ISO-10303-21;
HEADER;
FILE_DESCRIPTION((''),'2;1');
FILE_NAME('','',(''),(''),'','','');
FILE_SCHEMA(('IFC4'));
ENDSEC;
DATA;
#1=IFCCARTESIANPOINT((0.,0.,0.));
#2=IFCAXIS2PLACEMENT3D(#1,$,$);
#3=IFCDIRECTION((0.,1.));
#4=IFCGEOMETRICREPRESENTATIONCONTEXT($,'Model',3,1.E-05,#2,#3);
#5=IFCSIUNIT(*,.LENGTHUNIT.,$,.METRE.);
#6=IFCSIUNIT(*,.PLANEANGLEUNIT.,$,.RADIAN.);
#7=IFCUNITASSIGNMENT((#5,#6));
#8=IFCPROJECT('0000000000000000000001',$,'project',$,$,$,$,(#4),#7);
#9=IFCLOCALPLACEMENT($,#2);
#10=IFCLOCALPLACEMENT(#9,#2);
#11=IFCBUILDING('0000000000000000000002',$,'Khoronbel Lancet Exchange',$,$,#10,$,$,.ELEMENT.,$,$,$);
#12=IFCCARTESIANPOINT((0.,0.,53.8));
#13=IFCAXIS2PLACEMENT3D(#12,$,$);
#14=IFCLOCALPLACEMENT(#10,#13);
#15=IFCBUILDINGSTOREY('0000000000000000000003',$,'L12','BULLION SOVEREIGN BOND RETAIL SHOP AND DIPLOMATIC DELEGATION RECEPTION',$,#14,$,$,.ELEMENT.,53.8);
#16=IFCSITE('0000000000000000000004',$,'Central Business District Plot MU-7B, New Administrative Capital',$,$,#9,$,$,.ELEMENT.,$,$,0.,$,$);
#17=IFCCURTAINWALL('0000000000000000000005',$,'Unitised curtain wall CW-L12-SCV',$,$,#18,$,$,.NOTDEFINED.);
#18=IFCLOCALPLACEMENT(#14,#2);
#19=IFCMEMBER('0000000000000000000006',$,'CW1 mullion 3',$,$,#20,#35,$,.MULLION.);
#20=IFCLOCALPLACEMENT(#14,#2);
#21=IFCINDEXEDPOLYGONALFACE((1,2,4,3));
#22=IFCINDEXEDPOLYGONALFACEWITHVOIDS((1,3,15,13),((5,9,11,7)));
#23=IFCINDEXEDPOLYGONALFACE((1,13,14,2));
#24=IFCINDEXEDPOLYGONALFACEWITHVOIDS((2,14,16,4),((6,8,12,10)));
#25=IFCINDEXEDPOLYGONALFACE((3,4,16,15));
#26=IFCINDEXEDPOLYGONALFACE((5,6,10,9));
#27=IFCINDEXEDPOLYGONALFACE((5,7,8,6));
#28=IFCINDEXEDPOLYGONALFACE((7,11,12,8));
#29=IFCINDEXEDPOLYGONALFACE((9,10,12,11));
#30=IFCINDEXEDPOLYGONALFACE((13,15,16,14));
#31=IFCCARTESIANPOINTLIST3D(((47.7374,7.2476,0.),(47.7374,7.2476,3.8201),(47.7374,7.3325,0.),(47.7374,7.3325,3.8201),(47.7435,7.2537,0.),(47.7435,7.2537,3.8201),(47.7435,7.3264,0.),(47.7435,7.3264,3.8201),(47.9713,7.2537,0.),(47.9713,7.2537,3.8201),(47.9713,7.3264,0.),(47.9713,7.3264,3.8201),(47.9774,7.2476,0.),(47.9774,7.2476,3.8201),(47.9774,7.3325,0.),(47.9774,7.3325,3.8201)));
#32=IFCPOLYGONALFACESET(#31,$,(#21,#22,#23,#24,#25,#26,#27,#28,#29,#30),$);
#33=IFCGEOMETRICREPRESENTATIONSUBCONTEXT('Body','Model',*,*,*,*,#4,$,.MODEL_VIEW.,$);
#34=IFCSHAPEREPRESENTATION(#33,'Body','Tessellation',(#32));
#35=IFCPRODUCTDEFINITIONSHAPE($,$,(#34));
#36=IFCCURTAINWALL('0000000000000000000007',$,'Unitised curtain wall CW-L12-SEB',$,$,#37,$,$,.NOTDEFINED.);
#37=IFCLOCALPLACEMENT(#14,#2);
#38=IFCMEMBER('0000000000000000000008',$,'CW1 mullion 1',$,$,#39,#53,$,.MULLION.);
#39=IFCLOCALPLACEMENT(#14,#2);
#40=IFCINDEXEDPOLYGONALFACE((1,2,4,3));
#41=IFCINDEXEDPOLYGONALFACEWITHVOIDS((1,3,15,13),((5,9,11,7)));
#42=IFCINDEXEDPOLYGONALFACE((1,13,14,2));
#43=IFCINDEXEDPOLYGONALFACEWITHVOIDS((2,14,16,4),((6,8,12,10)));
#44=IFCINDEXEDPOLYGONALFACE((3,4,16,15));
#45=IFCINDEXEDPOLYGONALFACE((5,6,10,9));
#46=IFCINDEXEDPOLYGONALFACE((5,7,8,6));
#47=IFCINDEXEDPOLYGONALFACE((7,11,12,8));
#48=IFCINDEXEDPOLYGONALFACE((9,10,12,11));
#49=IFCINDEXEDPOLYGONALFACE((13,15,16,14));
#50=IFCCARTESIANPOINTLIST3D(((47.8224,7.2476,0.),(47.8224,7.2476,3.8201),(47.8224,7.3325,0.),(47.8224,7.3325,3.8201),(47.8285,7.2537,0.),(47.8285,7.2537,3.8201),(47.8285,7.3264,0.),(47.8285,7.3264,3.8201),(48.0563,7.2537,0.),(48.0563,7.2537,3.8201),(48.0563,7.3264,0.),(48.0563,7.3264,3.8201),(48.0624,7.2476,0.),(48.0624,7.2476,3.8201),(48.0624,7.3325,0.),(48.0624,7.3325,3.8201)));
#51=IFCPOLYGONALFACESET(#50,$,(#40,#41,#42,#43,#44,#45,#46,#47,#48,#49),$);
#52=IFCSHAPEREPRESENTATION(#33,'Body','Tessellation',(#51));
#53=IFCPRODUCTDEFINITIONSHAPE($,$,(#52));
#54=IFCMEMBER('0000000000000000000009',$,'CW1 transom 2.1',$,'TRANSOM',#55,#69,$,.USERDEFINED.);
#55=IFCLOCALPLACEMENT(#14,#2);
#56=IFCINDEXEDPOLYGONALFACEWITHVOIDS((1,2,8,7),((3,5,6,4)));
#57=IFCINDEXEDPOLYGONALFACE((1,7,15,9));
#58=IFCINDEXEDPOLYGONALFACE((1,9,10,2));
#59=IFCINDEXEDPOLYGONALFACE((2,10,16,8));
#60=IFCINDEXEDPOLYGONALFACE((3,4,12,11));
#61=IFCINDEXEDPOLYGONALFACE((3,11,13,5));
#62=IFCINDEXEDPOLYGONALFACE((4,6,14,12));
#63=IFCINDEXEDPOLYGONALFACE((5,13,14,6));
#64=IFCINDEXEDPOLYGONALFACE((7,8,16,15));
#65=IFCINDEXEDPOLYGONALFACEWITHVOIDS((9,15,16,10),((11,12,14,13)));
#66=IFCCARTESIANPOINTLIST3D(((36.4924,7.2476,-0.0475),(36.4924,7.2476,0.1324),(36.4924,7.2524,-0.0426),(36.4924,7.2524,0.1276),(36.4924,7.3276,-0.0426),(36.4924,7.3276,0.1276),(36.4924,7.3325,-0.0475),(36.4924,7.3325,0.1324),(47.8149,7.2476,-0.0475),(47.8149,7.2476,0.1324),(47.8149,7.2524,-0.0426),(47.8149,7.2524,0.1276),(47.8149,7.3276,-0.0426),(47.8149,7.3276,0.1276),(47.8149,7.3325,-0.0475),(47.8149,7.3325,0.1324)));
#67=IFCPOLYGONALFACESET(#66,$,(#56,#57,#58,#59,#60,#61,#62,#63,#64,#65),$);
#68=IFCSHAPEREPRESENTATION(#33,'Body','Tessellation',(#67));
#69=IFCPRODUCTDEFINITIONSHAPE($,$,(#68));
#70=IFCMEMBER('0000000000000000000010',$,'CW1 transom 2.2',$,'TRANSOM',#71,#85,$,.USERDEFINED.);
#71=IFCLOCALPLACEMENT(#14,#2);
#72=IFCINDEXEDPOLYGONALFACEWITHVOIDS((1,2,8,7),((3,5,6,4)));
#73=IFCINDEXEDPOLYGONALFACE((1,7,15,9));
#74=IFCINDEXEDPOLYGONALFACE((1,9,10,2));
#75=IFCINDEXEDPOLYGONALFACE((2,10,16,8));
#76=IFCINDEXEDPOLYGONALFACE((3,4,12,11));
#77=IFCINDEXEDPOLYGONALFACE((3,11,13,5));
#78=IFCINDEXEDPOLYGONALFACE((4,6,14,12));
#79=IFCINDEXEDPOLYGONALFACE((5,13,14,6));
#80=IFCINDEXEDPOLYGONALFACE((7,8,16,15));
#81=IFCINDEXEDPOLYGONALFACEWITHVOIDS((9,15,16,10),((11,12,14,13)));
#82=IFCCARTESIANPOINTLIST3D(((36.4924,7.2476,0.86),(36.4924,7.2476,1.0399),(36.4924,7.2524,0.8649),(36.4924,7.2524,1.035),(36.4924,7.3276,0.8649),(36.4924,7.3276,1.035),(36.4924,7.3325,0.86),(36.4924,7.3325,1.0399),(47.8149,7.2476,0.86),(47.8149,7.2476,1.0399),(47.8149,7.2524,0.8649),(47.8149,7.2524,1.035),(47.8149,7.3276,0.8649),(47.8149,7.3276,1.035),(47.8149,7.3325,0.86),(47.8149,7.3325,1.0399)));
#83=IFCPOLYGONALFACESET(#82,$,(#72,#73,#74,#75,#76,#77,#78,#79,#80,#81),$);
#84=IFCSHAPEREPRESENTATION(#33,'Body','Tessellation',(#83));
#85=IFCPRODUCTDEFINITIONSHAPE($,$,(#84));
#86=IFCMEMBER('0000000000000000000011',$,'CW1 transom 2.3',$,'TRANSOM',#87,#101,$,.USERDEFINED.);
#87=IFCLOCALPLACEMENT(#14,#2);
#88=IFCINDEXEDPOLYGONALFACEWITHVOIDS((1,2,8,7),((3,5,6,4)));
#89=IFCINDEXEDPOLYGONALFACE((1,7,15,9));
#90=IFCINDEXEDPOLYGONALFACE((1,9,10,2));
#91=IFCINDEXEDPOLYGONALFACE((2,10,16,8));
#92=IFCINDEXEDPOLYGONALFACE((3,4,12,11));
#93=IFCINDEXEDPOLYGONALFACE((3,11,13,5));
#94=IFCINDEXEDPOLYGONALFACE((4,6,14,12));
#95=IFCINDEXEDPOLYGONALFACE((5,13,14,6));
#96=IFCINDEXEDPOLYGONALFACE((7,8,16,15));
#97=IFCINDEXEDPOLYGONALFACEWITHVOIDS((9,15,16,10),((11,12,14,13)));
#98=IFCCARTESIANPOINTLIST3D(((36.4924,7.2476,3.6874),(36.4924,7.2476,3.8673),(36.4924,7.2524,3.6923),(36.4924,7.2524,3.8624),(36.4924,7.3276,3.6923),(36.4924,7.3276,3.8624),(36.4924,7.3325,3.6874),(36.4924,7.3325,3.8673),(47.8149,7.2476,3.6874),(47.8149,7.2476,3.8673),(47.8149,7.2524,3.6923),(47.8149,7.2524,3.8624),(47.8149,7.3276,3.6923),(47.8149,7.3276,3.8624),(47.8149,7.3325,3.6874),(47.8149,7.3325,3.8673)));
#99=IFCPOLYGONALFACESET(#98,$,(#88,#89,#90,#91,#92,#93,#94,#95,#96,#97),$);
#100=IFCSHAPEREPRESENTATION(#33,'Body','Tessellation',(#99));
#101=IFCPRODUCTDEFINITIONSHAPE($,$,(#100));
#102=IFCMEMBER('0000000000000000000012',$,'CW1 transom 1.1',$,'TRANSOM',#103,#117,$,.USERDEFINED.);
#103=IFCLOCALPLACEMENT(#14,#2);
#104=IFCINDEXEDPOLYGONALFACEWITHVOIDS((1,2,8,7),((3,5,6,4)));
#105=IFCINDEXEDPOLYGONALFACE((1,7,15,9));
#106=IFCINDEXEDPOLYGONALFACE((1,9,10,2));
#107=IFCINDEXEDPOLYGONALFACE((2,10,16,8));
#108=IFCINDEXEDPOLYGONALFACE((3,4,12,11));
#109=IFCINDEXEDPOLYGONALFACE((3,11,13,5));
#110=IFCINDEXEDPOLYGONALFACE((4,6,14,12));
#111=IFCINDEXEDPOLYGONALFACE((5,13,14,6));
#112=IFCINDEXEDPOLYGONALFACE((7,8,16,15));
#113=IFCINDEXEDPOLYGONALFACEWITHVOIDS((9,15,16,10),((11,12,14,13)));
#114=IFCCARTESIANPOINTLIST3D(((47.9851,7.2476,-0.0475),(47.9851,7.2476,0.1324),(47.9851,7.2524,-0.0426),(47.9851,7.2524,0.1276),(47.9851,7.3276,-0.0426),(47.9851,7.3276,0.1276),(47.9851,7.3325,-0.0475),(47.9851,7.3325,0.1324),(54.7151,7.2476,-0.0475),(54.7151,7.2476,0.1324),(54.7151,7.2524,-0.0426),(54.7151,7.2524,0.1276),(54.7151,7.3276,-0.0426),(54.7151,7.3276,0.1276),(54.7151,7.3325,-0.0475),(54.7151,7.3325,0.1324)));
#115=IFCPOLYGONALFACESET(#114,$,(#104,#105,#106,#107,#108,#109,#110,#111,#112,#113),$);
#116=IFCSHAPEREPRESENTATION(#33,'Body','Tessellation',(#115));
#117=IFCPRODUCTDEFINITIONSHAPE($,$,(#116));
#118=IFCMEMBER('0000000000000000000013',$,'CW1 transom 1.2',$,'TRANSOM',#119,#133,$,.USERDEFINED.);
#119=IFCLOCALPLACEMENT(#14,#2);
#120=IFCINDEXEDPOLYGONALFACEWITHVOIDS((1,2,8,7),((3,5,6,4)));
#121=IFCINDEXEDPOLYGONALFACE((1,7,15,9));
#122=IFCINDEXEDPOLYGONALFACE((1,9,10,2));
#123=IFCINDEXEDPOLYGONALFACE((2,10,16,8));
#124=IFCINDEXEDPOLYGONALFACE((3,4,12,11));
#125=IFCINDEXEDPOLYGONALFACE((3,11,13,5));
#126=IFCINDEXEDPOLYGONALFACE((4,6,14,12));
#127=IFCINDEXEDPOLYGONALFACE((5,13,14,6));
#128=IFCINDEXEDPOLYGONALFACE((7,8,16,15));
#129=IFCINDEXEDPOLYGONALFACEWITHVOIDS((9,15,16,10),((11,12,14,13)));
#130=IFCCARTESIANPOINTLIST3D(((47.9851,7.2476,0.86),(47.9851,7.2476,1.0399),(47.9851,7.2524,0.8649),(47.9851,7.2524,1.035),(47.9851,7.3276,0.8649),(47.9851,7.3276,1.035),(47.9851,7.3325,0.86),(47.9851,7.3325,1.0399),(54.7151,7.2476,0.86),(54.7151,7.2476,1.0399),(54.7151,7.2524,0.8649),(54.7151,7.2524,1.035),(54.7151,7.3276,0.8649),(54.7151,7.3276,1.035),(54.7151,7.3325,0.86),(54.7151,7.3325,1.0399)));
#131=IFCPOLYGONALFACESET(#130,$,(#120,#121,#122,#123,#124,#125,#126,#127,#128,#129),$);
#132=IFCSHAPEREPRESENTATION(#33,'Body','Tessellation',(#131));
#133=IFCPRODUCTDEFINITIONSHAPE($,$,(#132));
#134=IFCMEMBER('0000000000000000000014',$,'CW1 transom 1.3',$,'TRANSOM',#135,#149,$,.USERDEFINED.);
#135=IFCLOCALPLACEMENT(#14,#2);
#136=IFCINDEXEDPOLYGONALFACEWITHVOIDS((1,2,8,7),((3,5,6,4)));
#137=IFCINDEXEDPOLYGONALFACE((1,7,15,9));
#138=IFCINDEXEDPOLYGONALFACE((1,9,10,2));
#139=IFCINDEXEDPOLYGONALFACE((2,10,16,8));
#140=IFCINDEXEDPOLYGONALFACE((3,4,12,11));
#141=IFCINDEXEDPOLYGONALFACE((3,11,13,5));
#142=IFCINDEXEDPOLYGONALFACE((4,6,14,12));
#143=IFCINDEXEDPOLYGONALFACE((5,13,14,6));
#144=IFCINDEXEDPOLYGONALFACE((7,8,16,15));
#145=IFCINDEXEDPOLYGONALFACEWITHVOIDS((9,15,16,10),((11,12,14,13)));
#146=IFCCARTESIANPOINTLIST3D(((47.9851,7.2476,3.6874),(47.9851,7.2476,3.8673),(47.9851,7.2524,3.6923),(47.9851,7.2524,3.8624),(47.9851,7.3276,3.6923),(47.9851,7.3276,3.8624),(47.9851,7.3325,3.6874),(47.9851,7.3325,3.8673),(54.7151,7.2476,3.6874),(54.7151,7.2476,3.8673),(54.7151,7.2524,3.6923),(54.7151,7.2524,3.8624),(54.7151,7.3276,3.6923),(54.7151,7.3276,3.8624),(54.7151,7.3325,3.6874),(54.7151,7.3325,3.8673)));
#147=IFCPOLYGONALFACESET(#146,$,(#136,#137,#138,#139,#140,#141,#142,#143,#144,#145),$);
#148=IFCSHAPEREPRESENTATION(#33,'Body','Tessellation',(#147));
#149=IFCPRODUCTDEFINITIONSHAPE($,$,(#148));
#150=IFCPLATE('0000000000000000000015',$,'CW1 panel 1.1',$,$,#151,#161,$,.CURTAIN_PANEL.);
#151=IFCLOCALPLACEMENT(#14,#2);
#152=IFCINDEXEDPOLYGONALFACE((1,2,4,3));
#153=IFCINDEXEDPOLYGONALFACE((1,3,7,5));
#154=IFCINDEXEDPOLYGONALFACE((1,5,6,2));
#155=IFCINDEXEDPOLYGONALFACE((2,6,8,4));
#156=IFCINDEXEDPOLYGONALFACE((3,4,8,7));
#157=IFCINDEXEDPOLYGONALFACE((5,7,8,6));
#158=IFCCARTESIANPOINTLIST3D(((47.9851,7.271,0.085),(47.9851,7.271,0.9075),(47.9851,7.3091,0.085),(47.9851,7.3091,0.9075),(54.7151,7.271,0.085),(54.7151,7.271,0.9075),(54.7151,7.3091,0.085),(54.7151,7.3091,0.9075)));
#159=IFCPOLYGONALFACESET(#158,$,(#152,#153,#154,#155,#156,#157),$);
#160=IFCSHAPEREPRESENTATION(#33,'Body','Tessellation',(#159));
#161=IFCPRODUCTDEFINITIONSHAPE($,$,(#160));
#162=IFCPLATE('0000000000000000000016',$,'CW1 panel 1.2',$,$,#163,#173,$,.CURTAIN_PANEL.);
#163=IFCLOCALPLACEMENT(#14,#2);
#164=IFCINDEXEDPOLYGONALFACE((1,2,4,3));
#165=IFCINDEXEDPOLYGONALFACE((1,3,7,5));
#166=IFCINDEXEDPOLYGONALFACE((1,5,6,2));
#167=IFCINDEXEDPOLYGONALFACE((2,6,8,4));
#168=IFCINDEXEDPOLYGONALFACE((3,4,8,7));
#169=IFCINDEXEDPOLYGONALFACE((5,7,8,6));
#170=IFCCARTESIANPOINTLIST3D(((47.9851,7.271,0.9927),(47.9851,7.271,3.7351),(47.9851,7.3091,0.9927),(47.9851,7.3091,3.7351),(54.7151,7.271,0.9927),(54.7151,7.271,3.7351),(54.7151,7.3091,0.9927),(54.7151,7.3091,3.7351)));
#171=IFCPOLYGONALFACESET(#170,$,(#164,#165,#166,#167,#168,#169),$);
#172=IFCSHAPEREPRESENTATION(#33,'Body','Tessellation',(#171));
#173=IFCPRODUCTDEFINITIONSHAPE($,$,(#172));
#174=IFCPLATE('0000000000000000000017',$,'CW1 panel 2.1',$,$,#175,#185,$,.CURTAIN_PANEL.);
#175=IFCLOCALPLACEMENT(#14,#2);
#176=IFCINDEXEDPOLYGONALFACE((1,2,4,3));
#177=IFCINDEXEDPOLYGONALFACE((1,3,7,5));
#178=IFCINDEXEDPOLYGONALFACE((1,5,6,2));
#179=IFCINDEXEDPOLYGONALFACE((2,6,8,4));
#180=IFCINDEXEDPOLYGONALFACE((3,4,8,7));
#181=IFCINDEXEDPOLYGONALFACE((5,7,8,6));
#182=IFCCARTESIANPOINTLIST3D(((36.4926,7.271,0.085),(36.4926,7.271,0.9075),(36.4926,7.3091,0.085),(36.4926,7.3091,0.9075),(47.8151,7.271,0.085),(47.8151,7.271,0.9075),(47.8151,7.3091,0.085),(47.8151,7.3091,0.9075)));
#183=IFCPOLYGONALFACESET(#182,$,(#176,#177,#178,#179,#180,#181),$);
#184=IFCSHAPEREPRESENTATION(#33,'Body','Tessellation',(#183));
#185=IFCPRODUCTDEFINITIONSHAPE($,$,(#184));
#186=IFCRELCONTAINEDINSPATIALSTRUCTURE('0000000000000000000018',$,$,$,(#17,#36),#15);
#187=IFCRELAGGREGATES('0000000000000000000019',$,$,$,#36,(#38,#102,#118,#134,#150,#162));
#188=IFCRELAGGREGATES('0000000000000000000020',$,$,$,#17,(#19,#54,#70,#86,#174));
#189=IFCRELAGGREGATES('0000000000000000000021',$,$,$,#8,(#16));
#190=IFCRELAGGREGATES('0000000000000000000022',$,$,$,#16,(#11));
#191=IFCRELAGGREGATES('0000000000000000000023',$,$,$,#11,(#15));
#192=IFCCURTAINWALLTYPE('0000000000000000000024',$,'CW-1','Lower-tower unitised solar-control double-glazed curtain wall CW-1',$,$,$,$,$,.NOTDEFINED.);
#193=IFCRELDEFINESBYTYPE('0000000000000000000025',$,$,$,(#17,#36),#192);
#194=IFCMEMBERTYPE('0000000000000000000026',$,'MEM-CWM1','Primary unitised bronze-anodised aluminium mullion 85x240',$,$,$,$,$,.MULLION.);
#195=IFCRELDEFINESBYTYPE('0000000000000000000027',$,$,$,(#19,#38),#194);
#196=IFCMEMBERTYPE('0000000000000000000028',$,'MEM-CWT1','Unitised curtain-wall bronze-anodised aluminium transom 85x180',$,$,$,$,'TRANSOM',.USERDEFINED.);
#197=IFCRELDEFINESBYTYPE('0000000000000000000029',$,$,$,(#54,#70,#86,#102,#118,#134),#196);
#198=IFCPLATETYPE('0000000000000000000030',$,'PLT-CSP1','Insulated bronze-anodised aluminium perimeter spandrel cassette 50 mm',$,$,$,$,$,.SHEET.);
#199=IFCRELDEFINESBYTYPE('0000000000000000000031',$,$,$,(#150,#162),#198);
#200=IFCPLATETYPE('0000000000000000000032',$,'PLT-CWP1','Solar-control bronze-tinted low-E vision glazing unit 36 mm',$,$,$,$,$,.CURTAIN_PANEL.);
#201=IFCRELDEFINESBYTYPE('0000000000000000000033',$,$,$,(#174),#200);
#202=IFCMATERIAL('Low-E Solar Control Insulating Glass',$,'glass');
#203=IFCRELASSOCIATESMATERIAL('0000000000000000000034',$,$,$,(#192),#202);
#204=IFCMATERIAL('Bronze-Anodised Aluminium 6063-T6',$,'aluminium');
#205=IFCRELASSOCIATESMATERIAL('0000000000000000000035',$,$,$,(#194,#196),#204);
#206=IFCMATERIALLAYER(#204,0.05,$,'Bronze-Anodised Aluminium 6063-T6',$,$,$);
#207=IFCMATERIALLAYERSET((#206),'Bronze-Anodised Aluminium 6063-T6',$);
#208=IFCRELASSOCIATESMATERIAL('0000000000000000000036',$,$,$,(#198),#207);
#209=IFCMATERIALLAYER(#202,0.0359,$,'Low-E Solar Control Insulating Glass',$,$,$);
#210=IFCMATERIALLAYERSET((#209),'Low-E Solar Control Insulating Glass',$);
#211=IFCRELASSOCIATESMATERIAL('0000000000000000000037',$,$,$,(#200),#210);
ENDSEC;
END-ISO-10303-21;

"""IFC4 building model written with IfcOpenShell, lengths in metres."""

from ifc_helpers import new_model, si_unit, direction, frame, origin, origin_2d, place, context, subcontext, project, spatial, rectangle, hollow_rectangle, extrude, material, layer, layer_set, material_profile, profile_set, type_object, element, aggregate, save


model = new_model("IFC4")

# Units and contexts
model_context = context("Model", 3, precision=1e-05, world=origin(), true_north=direction((0.0, 1.0)))
body_context = subcontext(model_context, "Body", "Model", "MODEL_VIEW")
ifc_project = project(units=[si_unit("LENGTHUNIT", "METRE"), si_unit("PLANEANGLEUNIT", "RADIAN")], contexts=[model_context])

# Site, building, storey
site_placement = place(None, origin())
site = spatial("IfcSite", under=ifc_project, at=site_placement, Name="Central Business District Plot MU-7B, New Administrative Capital", CompositionType="ELEMENT", RefElevation=0.0)
building_placement = place(site_placement, origin())
building = spatial("IfcBuilding", under=site, at=building_placement, Name="Khoronbel Lancet Exchange", CompositionType="ELEMENT")
storey_placement = place(building_placement, frame((0.0, 0.0, 53.8)))
storey = spatial("IfcBuildingStorey", under=building, at=storey_placement, Name="L12", Description="BULLION SOVEREIGN BOND RETAIL SHOP AND DIPLOMATIC DELEGATION RECEPTION", CompositionType="ELEMENT", Elevation=53.8)

# Curtain wall, member
ifc_material_1 = material(Name="Low-E Solar Control Insulating Glass", Category="glass")
curtain_wall_type = type_object("IfcCurtainWallType", Name="CW-1", Description="Lower-tower unitised solar-control double-glazed curtain wall CW-1", PredefinedType="NOTDEFINED", material=ifc_material_1)
curtain_wall_1_placement = place(storey_placement, origin())
curtain_wall_1 = element("IfcCurtainWall", 1, at=curtain_wall_1_placement, inside=storey, type_object=curtain_wall_type, Name="Unitised curtain wall CW-L12-SCV", PredefinedType="NOTDEFINED")
ifc_material_2 = material(Name="Bronze-Anodised Aluminium 6063-T6", Category="aluminium")
ifc_material_profile_1 = material_profile(ifc_material_2, hollow_rectangle(XDim=0.085, YDim=0.24, WallThickness=0.0061, at=origin_2d()), Name="ALU MULLION 85x240")
ifc_profile_set_1 = profile_set([ifc_material_profile_1], Name="Bronze-Anodised Aluminium 6063-T6")
member_type_1 = type_object("IfcMemberType", Name="MEM-CWM1", Description="Primary unitised bronze-anodised aluminium mullion 85x240", PredefinedType="MULLION", material=ifc_profile_set_1)
member_1_placement = place(storey_placement, frame((47.8574, 7.29, 0.0), z_axis=(0.0, 0.0, 1.0), x_axis=(0.0, 1.0, 0.0)))
member_1 = element("IfcMember", 2, at=member_1_placement, type_object=member_type_1, Name="CW1 mullion 3", PredefinedType="MULLION", context=body_context, shape_type="SweptSolid", body=[
    extrude(hollow_rectangle(XDim=0.085, YDim=0.24, WallThickness=0.0061, at=origin_2d()), origin(), (0.0, 0.0, 1.0), 3.8201),
])

# Curtain wall, member
curtain_wall_2_placement = place(storey_placement, origin())
curtain_wall_2 = element("IfcCurtainWall", 3, at=curtain_wall_2_placement, inside=storey, type_object=curtain_wall_type, Name="Unitised curtain wall CW-L12-SEB", PredefinedType="NOTDEFINED")
member_2_placement = place(storey_placement, frame((47.9424, 7.29, 0.0), z_axis=(0.0, 0.0, 1.0), x_axis=(0.0, 1.0, 0.0)))
member_2 = element("IfcMember", 4, at=member_2_placement, type_object=member_type_1, Name="CW1 mullion 1", PredefinedType="MULLION", context=body_context, shape_type="SweptSolid", body=[
    extrude(hollow_rectangle(XDim=0.085, YDim=0.24, WallThickness=0.0061, at=origin_2d()), origin(), (0.0, 0.0, 1.0), 3.8201),
])

# Members
ifc_material_profile_2 = material_profile(ifc_material_2, hollow_rectangle(XDim=0.085, YDim=0.1799, WallThickness=0.0049, at=origin_2d()), Name="ALU TRANSOM 85x180")
ifc_profile_set_2 = profile_set([ifc_material_profile_2], Name="Bronze-Anodised Aluminium 6063-T6")
member_type_2 = type_object("IfcMemberType", Name="MEM-CWT1", Description="Unitised curtain-wall bronze-anodised aluminium transom 85x180", ElementType="TRANSOM", PredefinedType="USERDEFINED", material=ifc_profile_set_2)
member_3_placement = place(storey_placement, frame((36.4924, 7.29, 0.0425), z_axis=(1.0, 0.0, 0.0), x_axis=(0.0, 1.0, 0.0)))
member_3 = element("IfcMember", 5, at=member_3_placement, type_object=member_type_2, Name="CW1 transom 2.1", ObjectType="TRANSOM", PredefinedType="USERDEFINED", context=body_context, shape_type="SweptSolid", body=[
    extrude(hollow_rectangle(XDim=0.085, YDim=0.1799, WallThickness=0.0049, at=origin_2d()), origin(), (0.0, 0.0, 1.0), 11.3225),
])
member_4_placement = place(storey_placement, frame((36.4924, 7.29, 0.95), z_axis=(1.0, 0.0, 0.0), x_axis=(0.0, 1.0, 0.0)))
member_4 = element("IfcMember", 6, at=member_4_placement, type_object=member_type_2, Name="CW1 transom 2.2", ObjectType="TRANSOM", PredefinedType="USERDEFINED", context=body_context, shape_type="SweptSolid", body=[
    extrude(hollow_rectangle(XDim=0.085, YDim=0.1799, WallThickness=0.0049, at=origin_2d()), origin(), (0.0, 0.0, 1.0), 11.3225),
])
member_5_placement = place(storey_placement, frame((36.4924, 7.29, 3.7773), z_axis=(1.0, 0.0, 0.0), x_axis=(0.0, 1.0, 0.0)))
member_5 = element("IfcMember", 7, at=member_5_placement, type_object=member_type_2, Name="CW1 transom 2.3", ObjectType="TRANSOM", PredefinedType="USERDEFINED", context=body_context, shape_type="SweptSolid", body=[
    extrude(hollow_rectangle(XDim=0.085, YDim=0.1799, WallThickness=0.0049, at=origin_2d()), origin(), (0.0, 0.0, 1.0), 11.3225),
])
member_6_placement = place(storey_placement, frame((47.9851, 7.29, 0.0425), z_axis=(1.0, 0.0, 0.0), x_axis=(0.0, 1.0, 0.0)))
member_6 = element("IfcMember", 8, at=member_6_placement, type_object=member_type_2, Name="CW1 transom 1.1", ObjectType="TRANSOM", PredefinedType="USERDEFINED", context=body_context, shape_type="SweptSolid", body=[
    extrude(hollow_rectangle(XDim=0.085, YDim=0.1799, WallThickness=0.0049, at=origin_2d()), origin(), (0.0, 0.0, 1.0), 6.73),
])
member_7_placement = place(storey_placement, frame((47.9851, 7.29, 0.95), z_axis=(1.0, 0.0, 0.0), x_axis=(0.0, 1.0, 0.0)))
member_7 = element("IfcMember", 9, at=member_7_placement, type_object=member_type_2, Name="CW1 transom 1.2", ObjectType="TRANSOM", PredefinedType="USERDEFINED", context=body_context, shape_type="SweptSolid", body=[
    extrude(hollow_rectangle(XDim=0.085, YDim=0.1799, WallThickness=0.0049, at=origin_2d()), origin(), (0.0, 0.0, 1.0), 6.73),
])
member_8_placement = place(storey_placement, frame((47.9851, 7.29, 3.7773), z_axis=(1.0, 0.0, 0.0), x_axis=(0.0, 1.0, 0.0)))
member_8 = element("IfcMember", 10, at=member_8_placement, type_object=member_type_2, Name="CW1 transom 1.3", ObjectType="TRANSOM", PredefinedType="USERDEFINED", context=body_context, shape_type="SweptSolid", body=[
    extrude(hollow_rectangle(XDim=0.085, YDim=0.1799, WallThickness=0.0049, at=origin_2d()), origin(), (0.0, 0.0, 1.0), 6.73),
])

# Plates
ifc_layer_1 = layer(ifc_material_2, 0.05, Name="Bronze-Anodised Aluminium 6063-T6")
ifc_layer_set_1 = layer_set([ifc_layer_1], Name="Bronze-Anodised Aluminium 6063-T6")
plate_type_1 = type_object("IfcPlateType", Name="PLT-CSP1", Description="Insulated bronze-anodised aluminium perimeter spandrel cassette 50 mm", PredefinedType="SHEET", material=ifc_layer_set_1)
plate_1_placement = place(storey_placement, frame((51.3501, 7.29, 0.085), z_axis=(0.0, 0.0, 1.0), x_axis=(1.0, 0.0, 0.0)))
plate_1 = element("IfcPlate", 11, at=plate_1_placement, type_object=plate_type_1, Name="CW1 panel 1.1", PredefinedType="CURTAIN_PANEL", context=body_context, shape_type="SweptSolid", body=[
    extrude(rectangle(XDim=6.73, YDim=0.0381, at=origin_2d()), origin(), (0.0, 0.0, 1.0), 0.8225),
])
plate_2_placement = place(storey_placement, frame((51.3501, 7.29, 0.9927), z_axis=(0.0, 0.0, 1.0), x_axis=(1.0, 0.0, 0.0)))
plate_2 = element("IfcPlate", 12, at=plate_2_placement, type_object=plate_type_1, Name="CW1 panel 1.2", PredefinedType="CURTAIN_PANEL", context=body_context, shape_type="SweptSolid", body=[
    extrude(rectangle(XDim=6.73, YDim=0.0381, at=origin_2d()), origin(), (0.0, 0.0, 1.0), 2.7424),
])
aggregate(curtain_wall_2, [member_2, member_6, member_7, member_8, plate_1, plate_2])
ifc_layer_2 = layer(ifc_material_1, 0.0359, Name="Low-E Solar Control Insulating Glass")
ifc_layer_set_2 = layer_set([ifc_layer_2], Name="Low-E Solar Control Insulating Glass")
plate_type_2 = type_object("IfcPlateType", Name="PLT-CWP1", Description="Solar-control bronze-tinted low-E vision glazing unit 36 mm", PredefinedType="CURTAIN_PANEL", material=ifc_layer_set_2)
plate_3_placement = place(storey_placement, frame((42.1538, 7.29, 0.085), z_axis=(0.0, 0.0, 1.0), x_axis=(1.0, 0.0, 0.0)))
plate_3 = element("IfcPlate", 13, at=plate_3_placement, type_object=plate_type_2, Name="CW1 panel 2.1", PredefinedType="CURTAIN_PANEL", context=body_context, shape_type="SweptSolid", body=[
    extrude(rectangle(XDim=11.3225, YDim=0.0381, at=origin_2d()), origin(), (0.0, 0.0, 1.0), 0.8225),
])
aggregate(curtain_wall_1, [member_1, member_3, member_4, member_5, plate_3])

save(model, "model.ifc")
